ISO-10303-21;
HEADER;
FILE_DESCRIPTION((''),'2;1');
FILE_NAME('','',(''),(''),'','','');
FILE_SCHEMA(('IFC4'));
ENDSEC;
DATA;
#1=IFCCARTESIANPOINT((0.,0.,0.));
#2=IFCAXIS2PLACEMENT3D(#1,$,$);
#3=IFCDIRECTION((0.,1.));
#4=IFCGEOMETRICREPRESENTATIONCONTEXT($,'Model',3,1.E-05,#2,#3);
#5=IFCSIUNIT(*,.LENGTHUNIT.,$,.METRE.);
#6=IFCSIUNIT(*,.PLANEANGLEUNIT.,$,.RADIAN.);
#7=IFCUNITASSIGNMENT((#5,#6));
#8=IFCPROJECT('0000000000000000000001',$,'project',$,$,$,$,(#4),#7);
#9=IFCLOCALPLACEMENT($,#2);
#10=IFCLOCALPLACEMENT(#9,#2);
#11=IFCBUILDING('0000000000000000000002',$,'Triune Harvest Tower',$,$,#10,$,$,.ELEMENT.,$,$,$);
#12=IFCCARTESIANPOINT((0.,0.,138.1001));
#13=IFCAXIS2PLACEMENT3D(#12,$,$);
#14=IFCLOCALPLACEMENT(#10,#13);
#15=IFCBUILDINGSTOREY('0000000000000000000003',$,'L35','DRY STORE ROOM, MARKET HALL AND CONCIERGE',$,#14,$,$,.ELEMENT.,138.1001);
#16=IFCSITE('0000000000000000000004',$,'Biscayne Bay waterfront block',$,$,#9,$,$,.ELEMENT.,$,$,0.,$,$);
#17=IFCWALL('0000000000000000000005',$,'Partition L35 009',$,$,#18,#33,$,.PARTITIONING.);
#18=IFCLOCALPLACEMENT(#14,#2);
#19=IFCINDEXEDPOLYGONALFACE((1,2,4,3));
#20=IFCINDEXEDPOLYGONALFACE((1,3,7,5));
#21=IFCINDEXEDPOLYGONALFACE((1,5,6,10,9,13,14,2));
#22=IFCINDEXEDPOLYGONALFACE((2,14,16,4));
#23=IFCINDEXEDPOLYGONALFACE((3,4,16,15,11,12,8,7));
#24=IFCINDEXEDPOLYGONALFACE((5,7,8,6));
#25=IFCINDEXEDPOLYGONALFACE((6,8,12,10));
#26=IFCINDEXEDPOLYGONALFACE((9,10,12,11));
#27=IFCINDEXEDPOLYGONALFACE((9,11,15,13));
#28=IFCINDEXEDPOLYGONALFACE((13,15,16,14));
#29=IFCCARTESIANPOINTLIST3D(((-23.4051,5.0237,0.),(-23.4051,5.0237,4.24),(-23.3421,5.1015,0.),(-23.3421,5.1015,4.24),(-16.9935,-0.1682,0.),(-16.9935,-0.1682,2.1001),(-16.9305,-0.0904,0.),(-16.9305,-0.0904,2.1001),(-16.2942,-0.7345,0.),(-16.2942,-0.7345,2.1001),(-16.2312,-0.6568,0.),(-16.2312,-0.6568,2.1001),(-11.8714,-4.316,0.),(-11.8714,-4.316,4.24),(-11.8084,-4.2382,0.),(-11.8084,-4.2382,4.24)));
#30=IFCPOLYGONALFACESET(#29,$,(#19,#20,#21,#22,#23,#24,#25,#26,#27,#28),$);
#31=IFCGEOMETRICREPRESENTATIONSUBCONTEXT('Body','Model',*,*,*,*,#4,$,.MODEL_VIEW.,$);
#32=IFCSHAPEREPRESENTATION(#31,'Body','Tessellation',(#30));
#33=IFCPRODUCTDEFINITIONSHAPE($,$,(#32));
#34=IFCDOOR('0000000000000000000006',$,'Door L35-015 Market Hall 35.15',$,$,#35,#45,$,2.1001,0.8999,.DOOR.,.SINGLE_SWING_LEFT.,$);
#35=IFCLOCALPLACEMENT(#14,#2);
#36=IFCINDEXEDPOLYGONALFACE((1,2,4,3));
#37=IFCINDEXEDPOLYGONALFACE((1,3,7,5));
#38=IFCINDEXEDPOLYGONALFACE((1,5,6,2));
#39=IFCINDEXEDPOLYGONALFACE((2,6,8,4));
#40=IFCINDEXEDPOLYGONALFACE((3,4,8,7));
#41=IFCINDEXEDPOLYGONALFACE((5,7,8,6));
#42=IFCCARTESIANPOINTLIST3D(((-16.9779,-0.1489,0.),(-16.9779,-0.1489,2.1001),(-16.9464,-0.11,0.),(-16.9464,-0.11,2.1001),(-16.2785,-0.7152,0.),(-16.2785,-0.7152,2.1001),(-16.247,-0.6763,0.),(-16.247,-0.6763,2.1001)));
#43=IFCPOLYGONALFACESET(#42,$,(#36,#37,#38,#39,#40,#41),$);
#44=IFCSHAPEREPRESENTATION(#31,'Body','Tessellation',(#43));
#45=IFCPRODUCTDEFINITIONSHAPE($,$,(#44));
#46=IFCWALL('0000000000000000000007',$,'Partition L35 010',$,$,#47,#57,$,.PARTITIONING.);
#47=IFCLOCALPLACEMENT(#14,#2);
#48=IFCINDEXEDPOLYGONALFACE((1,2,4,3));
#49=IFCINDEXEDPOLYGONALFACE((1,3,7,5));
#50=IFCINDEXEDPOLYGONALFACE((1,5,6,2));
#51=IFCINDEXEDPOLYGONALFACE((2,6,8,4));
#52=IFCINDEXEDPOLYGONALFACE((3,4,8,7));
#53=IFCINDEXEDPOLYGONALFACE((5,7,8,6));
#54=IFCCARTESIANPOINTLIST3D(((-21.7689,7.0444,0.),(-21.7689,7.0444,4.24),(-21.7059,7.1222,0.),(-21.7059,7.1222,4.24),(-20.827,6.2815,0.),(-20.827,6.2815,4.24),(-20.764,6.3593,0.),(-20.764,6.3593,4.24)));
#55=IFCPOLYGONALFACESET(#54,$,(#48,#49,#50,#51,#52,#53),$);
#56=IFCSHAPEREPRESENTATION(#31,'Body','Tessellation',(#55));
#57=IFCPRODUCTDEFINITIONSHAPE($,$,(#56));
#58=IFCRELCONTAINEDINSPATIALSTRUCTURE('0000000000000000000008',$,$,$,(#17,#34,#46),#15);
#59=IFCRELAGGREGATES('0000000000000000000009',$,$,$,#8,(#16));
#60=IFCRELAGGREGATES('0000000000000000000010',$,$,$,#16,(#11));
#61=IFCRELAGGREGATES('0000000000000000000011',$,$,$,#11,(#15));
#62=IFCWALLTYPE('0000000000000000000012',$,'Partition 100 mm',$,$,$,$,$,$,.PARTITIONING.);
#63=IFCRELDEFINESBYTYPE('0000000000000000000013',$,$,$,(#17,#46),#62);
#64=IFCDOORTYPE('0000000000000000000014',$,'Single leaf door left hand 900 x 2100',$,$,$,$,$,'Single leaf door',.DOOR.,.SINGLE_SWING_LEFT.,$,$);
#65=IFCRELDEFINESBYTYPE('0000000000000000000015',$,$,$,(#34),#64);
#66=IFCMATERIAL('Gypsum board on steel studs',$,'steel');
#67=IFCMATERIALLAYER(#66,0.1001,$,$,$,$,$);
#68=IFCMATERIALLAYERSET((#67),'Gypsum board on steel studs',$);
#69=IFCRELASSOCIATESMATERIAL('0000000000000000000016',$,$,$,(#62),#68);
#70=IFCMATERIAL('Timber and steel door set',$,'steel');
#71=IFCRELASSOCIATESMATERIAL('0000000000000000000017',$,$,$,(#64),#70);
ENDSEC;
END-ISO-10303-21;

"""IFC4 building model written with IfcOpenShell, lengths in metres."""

from ifc_helpers import new_model, si_unit, direction, frame, frame_2d, origin, place, context, subcontext, project, spatial, rectangle, extrude, source, transform, mapped, material, layer, layer_set, type_object, element, fill, save


model = new_model("IFC4")

# Units and contexts
model_context = context("Model", 3, precision=1e-05, world=origin(), true_north=direction((0.0, 1.0)))
body_context = subcontext(model_context, "Body", "Model", "MODEL_VIEW")
ifc_project = project(units=[si_unit("LENGTHUNIT", "METRE"), si_unit("PLANEANGLEUNIT", "RADIAN")], contexts=[model_context])

# Site, building, storey
site_placement = place(None, origin())
site = spatial("IfcSite", under=ifc_project, at=site_placement, Name="Biscayne Bay waterfront block", CompositionType="ELEMENT", RefElevation=0.0)
building_placement = place(site_placement, origin())
building = spatial("IfcBuilding", under=site, at=building_placement, Name="Triune Harvest Tower", CompositionType="ELEMENT")
storey_placement = place(building_placement, frame((0.0, 0.0, 138.1001)))
storey = spatial("IfcBuildingStorey", under=building, at=storey_placement, Name="L35", Description="DRY STORE ROOM, MARKET HALL AND CONCIERGE", CompositionType="ELEMENT", Elevation=138.1001)

# Wall, opening, door
ifc_material_1 = material(Name="Gypsum board on steel studs", Category="steel")
ifc_layer_1 = layer(ifc_material_1, 0.1001)
ifc_layer_set_1 = layer_set([ifc_layer_1], Name="Gypsum board on steel studs")
wall_type = type_object("IfcWallType", Name="Partition 100 mm", PredefinedType="PARTITIONING", material=ifc_layer_set_1)
wall_1_placement = place(storey_placement, frame((-23.3735, 5.0625, 0.0), z_axis=(0.0, 0.0, 1.0), x_axis=(0.777153, -0.629312, 0.0)))
wall_1 = element("IfcWall", 1, at=wall_1_placement, inside=storey, type_object=wall_type, Name="Partition L35 009", PredefinedType="PARTITIONING", context=body_context, shape_type="SweptSolid", body=[
    extrude(rectangle(XDim=14.8411, YDim=0.1001, at=frame_2d((7.4204, 0.0))), origin(), (0.0, 0.0, 1.0), 4.24),
])
opening_placement = place(wall_1_placement, frame((8.25, 0.0, 0.0)))
opening = element("IfcOpeningElement", 2, at=opening_placement, cuts=wall_1, PredefinedType="OPENING", context=body_context, shape_type="SweptSolid", body=[
    extrude(rectangle(XDim=0.8999, YDim=2.1001, at=frame_2d((0.45, 1.05))), frame((0.0, 0.0601, 0.0), z_axis=(0.0, -1.0, 0.0), x_axis=(1.0, 0.0, 0.0)), (0.0, 0.0, 1.0), 0.1201),
])
ifc_material_2 = material(Name="Timber and steel door set", Category="steel")
door_type = type_object("IfcDoorType", Name="Single leaf door left hand 900 x 2100", ElementType="Single leaf door", OperationType="SINGLE_SWING_LEFT", PredefinedType="DOOR", material=ifc_material_2)
door_placement = place(opening_placement, origin())
door = element("IfcDoor", 3, at=door_placement, inside=storey, type_object=door_type, Name="Door L35-015 Market Hall 35.15", OperationType="SINGLE_SWING_LEFT", OverallHeight=2.1001, OverallWidth=0.8999, PredefinedType="DOOR", context=body_context, shape_type="SweptSolid", body=[
    extrude(rectangle(XDim=0.8999, YDim=2.1001, at=frame_2d((0.45, 1.05))), frame((0.0, 0.0249, 0.0), z_axis=(0.0, -1.0, 0.0), x_axis=(1.0, 0.0, 0.0)), (0.0, 0.0, 1.0), 0.05),
])
fill(opening, door)

# Wall
shared_shape_1 = source(origin(), body_context, "Body", "SweptSolid", [
    extrude(rectangle(XDim=1.2122, YDim=0.1001, at=frame_2d((0.606, 0.0))), origin(), (0.0, 0.0, 1.0), 4.24),
])
wall_2_placement = place(storey_placement, frame((-21.7373, 7.0833, 0.0), z_axis=(0.0, 0.0, 1.0), x_axis=(0.777062, -0.629424, 0.0)))
element("IfcWall", 4, at=wall_2_placement, inside=storey, type_object=wall_type, Name="Partition L35 010", PredefinedType="PARTITIONING", context=body_context, shape_type="MappedRepresentation", body=[
    mapped(shared_shape_1, transform((0.0, 0.0, 0.0), scale=1.0)),
])

save(model, "model.ifc")
